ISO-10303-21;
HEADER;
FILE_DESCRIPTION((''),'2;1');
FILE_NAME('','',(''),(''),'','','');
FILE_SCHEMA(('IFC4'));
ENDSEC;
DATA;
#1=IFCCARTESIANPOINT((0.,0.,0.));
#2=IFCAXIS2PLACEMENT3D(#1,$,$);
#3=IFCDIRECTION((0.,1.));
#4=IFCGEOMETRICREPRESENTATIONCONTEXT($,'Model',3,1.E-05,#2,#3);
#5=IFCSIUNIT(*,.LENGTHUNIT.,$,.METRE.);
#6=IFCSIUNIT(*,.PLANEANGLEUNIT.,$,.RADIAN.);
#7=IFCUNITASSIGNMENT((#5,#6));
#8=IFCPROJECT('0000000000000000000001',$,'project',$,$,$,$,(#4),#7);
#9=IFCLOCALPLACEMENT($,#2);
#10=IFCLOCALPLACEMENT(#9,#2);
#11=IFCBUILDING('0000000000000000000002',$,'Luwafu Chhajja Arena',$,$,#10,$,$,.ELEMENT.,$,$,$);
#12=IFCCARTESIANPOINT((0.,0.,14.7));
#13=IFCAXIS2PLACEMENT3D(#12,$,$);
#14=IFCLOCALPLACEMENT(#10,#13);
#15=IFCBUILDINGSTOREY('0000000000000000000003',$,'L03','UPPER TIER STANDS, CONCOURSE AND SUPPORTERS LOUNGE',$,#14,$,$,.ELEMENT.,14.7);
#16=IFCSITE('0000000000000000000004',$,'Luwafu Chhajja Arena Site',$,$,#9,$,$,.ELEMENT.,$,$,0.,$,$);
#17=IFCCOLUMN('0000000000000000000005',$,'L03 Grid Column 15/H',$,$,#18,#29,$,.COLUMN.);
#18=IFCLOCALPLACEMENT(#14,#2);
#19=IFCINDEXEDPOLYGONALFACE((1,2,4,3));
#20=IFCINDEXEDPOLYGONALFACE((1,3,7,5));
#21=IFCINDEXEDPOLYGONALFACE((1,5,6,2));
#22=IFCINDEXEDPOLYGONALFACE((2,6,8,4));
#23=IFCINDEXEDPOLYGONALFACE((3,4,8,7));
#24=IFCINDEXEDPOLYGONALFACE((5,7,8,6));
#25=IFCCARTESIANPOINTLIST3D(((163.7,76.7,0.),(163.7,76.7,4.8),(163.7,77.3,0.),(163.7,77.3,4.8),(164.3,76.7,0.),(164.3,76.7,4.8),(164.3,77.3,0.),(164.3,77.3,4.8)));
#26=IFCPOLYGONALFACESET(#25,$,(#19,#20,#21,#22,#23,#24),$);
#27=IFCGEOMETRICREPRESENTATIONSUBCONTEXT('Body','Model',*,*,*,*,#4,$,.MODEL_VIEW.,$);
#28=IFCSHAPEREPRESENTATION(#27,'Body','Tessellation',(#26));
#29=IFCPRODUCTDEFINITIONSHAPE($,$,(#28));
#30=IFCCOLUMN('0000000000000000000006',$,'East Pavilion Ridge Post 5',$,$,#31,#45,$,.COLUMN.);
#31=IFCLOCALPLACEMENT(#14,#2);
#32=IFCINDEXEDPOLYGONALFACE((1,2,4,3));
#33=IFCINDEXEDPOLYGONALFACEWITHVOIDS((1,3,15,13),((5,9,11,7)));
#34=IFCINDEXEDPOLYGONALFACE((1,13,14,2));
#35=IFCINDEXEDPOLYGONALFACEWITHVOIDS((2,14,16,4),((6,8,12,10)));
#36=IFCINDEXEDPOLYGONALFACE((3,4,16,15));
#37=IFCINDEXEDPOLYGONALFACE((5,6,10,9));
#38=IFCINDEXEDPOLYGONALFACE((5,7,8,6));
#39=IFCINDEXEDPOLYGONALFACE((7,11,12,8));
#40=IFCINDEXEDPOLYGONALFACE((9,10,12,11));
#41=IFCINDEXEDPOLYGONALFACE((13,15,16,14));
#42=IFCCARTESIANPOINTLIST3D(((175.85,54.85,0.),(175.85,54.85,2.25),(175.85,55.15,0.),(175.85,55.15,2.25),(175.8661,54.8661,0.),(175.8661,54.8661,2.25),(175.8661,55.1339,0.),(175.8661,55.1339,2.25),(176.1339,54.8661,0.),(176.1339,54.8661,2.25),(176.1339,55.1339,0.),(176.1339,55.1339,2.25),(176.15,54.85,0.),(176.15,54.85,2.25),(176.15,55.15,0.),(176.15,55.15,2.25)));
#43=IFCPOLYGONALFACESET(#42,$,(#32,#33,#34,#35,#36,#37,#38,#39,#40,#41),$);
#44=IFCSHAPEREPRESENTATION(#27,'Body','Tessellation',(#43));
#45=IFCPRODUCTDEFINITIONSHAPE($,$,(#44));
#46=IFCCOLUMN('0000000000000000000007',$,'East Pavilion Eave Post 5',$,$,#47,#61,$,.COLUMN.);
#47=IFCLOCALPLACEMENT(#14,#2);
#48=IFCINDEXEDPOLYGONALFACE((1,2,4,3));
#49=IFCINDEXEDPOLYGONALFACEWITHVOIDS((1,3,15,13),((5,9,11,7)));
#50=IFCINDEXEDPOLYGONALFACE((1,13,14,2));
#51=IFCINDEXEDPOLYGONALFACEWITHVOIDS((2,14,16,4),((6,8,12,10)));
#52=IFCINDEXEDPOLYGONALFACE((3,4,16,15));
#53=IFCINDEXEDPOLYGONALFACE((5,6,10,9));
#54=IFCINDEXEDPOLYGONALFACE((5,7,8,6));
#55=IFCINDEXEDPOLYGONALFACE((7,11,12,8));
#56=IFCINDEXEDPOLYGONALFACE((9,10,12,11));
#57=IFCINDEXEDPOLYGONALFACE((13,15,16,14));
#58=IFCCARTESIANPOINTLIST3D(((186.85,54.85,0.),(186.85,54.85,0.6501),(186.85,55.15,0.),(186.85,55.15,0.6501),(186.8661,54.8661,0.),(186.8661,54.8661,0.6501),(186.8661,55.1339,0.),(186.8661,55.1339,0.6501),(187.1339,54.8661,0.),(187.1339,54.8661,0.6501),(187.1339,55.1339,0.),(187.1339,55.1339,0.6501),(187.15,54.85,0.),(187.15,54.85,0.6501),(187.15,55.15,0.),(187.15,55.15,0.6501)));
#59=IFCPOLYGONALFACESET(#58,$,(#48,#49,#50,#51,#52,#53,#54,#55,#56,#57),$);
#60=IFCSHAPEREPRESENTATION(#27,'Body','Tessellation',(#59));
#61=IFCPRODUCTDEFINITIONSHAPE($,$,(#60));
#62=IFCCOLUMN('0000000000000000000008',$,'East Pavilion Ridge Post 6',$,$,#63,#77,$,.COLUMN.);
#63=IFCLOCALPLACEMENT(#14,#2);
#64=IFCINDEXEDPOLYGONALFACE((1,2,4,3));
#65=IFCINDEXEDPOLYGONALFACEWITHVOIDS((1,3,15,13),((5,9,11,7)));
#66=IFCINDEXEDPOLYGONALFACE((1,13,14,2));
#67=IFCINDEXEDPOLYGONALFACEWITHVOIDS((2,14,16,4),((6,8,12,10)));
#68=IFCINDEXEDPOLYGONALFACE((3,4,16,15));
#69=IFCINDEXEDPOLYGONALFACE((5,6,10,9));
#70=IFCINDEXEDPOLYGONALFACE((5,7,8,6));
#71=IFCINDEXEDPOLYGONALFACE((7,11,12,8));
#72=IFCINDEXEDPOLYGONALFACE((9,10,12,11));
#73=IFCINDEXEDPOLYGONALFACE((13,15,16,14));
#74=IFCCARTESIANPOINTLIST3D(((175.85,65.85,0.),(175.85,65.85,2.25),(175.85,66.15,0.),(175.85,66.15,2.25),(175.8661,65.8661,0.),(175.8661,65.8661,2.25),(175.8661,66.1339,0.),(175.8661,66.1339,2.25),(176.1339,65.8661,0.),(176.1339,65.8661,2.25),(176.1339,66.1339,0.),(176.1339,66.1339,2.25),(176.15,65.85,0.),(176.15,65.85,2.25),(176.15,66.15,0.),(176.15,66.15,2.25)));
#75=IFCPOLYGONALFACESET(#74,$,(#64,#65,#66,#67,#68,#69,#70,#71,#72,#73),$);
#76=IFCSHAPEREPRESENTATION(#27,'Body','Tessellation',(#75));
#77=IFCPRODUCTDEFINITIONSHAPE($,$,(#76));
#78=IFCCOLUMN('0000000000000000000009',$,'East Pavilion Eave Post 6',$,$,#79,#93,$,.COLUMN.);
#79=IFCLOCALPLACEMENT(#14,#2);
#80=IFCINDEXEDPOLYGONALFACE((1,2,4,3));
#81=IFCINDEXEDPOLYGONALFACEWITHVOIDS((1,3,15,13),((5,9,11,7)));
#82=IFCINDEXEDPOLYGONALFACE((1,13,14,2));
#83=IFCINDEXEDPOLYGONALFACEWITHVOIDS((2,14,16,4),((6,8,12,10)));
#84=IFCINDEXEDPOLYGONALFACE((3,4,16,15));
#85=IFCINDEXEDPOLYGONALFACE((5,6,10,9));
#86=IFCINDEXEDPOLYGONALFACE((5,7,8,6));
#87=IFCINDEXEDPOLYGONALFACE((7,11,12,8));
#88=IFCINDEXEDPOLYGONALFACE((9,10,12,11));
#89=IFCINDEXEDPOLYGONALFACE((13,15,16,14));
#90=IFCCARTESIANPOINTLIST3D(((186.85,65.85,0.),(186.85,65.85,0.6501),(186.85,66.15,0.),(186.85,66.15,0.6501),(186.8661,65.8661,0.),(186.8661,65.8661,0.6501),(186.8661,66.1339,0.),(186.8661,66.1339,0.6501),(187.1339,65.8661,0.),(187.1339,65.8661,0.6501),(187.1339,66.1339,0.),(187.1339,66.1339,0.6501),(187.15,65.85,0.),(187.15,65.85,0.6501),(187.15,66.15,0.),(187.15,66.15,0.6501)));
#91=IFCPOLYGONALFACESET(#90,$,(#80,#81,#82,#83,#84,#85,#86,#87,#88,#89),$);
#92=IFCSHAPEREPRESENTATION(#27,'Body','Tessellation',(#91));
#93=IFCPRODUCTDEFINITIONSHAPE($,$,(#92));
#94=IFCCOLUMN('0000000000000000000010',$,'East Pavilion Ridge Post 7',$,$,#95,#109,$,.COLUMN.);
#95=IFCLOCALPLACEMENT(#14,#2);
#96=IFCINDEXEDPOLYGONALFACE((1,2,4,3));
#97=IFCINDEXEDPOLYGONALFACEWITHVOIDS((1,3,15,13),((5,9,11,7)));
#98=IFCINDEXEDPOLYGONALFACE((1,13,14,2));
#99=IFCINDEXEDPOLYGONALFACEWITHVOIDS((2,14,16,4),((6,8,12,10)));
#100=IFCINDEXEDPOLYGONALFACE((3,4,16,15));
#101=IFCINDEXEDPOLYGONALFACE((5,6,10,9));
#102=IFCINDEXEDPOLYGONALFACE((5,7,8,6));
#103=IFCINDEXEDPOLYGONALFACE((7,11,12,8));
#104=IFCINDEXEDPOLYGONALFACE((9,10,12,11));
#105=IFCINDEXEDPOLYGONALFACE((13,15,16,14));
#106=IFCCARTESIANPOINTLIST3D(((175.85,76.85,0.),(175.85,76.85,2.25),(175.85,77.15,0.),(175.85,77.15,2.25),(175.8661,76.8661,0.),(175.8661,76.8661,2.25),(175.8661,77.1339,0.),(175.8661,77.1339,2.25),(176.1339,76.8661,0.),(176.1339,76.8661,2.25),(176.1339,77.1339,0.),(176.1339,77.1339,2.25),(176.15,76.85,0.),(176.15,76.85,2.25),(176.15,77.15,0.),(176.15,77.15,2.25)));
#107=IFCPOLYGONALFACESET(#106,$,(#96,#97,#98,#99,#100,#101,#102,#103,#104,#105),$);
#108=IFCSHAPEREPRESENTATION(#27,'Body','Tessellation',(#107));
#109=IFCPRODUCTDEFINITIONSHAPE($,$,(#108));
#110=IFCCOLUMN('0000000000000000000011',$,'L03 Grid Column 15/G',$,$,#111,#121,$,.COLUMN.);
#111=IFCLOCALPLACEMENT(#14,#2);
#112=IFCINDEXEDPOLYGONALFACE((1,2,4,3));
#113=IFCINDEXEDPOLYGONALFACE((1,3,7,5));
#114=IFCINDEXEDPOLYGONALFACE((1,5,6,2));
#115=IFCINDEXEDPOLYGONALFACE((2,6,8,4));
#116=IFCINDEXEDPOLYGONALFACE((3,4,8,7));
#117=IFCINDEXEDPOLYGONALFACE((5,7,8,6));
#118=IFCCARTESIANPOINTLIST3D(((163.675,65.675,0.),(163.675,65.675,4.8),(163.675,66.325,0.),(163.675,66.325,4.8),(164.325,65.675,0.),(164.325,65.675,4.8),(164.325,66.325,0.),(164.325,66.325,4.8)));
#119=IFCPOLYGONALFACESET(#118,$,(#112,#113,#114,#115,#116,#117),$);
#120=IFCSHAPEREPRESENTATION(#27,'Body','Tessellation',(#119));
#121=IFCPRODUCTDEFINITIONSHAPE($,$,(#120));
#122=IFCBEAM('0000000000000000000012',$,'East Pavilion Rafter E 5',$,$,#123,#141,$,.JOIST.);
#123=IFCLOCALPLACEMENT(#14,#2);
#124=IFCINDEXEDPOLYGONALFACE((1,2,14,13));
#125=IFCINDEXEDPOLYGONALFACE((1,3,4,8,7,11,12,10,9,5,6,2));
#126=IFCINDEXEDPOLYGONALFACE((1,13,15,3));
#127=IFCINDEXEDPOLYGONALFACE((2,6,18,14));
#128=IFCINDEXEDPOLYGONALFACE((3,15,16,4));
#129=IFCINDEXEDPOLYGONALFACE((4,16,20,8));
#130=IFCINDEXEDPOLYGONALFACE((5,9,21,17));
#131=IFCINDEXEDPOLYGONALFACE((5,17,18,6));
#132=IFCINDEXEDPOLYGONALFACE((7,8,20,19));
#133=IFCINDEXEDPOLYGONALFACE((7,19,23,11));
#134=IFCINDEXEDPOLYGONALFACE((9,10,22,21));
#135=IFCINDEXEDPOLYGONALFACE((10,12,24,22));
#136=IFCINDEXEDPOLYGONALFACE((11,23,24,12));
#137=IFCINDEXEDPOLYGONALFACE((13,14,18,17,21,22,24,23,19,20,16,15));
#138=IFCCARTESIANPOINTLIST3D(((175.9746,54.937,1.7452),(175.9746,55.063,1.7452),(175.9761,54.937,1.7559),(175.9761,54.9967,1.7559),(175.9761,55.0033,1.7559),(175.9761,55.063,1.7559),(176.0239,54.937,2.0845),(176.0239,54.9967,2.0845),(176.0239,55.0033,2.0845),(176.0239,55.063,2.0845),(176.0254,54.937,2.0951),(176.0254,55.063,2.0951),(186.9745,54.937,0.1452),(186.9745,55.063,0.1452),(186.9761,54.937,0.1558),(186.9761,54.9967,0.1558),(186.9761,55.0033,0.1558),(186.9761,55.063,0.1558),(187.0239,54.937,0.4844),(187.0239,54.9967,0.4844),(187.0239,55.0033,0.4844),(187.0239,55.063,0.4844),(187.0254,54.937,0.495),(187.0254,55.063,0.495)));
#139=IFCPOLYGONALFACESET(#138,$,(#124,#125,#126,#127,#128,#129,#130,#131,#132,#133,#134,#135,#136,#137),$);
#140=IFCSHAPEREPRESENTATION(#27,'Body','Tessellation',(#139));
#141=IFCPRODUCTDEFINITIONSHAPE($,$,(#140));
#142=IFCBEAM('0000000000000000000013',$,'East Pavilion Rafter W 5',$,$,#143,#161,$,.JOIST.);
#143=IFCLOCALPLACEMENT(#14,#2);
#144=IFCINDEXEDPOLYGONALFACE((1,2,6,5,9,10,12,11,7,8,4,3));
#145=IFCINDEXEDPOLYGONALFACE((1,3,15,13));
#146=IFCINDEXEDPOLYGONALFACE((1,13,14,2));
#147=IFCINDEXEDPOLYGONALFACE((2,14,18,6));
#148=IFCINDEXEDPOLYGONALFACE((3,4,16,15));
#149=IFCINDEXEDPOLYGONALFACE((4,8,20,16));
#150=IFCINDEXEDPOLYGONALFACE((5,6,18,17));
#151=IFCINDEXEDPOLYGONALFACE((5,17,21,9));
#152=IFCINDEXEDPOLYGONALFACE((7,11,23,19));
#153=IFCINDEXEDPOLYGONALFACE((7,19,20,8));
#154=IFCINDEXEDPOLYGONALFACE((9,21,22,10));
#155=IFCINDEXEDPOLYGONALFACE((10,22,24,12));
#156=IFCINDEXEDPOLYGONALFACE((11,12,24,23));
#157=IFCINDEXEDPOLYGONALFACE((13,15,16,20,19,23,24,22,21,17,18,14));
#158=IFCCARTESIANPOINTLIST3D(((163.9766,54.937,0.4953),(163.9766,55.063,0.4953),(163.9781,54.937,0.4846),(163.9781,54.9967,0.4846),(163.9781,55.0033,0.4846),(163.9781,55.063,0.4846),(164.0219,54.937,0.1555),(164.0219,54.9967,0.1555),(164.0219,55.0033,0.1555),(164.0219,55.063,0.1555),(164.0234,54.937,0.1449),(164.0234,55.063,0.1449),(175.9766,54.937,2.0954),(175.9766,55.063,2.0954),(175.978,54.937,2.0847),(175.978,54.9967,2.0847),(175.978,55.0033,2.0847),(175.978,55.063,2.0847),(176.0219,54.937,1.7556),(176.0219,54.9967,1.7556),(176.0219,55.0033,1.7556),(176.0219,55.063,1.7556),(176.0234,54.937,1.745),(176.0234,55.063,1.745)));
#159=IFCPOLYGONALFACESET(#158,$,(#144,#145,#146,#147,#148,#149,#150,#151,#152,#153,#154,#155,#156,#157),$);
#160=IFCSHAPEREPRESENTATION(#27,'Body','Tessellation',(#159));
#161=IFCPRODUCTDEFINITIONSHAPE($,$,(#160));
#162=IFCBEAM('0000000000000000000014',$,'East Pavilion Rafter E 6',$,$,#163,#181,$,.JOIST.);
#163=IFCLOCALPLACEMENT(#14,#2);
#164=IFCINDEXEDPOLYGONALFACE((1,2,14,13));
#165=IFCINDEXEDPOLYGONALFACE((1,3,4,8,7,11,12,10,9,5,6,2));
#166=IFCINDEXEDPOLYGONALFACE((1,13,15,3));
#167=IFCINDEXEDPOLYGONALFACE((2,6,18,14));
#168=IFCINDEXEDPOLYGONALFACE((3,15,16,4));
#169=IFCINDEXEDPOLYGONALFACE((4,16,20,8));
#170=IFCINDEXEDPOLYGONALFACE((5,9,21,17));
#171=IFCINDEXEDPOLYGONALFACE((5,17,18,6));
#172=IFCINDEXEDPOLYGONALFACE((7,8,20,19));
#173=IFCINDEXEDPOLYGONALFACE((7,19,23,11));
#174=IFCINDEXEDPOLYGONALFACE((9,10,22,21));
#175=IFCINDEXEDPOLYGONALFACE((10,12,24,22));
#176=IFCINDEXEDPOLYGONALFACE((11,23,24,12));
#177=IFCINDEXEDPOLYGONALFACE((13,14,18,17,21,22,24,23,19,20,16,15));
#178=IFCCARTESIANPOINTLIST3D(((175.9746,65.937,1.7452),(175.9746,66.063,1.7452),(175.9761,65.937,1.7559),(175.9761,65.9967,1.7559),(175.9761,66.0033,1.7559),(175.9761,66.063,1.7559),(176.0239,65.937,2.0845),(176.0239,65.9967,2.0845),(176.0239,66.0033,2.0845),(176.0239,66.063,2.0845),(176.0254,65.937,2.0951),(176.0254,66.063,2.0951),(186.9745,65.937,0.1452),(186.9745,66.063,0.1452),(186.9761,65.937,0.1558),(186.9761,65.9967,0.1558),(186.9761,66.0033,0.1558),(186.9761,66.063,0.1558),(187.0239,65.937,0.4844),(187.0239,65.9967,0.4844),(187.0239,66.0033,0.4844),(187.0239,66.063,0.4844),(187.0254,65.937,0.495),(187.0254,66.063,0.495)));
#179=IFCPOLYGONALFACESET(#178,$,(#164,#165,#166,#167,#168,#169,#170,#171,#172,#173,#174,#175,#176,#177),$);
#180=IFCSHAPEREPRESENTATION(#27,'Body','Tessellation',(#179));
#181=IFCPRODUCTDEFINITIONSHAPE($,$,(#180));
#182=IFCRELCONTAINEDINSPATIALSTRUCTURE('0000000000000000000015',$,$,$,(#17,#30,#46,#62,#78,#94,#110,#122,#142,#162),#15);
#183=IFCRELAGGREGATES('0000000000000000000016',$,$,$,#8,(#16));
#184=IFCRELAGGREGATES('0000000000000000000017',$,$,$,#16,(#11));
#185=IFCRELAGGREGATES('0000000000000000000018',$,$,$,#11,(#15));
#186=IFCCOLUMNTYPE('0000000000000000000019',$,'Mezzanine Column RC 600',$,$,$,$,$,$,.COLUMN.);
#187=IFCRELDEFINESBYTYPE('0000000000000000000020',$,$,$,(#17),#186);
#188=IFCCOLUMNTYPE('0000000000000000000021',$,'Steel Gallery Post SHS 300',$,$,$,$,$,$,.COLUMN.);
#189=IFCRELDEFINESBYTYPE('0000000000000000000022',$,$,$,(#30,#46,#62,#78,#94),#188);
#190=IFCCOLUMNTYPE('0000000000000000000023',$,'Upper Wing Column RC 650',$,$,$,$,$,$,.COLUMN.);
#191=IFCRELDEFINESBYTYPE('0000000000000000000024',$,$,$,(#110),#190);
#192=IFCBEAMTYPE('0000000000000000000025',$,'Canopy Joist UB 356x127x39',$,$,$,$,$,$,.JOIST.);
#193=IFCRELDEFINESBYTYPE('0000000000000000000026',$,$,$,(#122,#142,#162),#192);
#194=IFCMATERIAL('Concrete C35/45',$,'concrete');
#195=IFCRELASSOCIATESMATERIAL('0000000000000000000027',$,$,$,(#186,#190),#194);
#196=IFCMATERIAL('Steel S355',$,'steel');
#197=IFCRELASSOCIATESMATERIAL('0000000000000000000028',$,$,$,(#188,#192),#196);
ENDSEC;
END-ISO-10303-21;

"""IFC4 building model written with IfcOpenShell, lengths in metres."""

from ifc_helpers import new_model, si_unit, direction, frame, origin, origin_2d, place, context, subcontext, project, spatial, rectangle, hollow_rectangle, i_section, extrude, material, material_profile, profile_set, type_object, element, save


model = new_model("IFC4")

# Units and contexts
model_context = context("Model", 3, precision=1e-05, world=origin(), true_north=direction((0.0, 1.0)))
body_context = subcontext(model_context, "Body", "Model", "MODEL_VIEW")
ifc_project = project(units=[si_unit("LENGTHUNIT", "METRE"), si_unit("PLANEANGLEUNIT", "RADIAN")], contexts=[model_context])

# Site, building, storey
site_placement = place(None, origin())
site = spatial("IfcSite", under=ifc_project, at=site_placement, Name="Luwafu Chhajja Arena Site", CompositionType="ELEMENT", RefElevation=0.0)
building_placement = place(site_placement, origin())
building = spatial("IfcBuilding", under=site, at=building_placement, Name="Luwafu Chhajja Arena", CompositionType="ELEMENT")
storey_placement = place(building_placement, frame((0.0, 0.0, 14.7)))
storey = spatial("IfcBuildingStorey", under=building, at=storey_placement, Name="L03", Description="UPPER TIER STANDS, CONCOURSE AND SUPPORTERS LOUNGE", CompositionType="ELEMENT", Elevation=14.7)

# Columns
ifc_material_1 = material(Name="Concrete C35/45", Category="concrete")
ifc_material_profile_1 = material_profile(ifc_material_1, rectangle(XDim=0.6001, YDim=0.6001, at=origin_2d()), Name="RC 600x600")
ifc_profile_set_1 = profile_set([ifc_material_profile_1], Name="Concrete C35/45")
column_type_1 = type_object("IfcColumnType", Name="Mezzanine Column RC 600", PredefinedType="COLUMN", material=ifc_profile_set_1)
column_1_placement = place(storey_placement, frame((164.0, 77.0, 0.0), z_axis=(0.0, 0.0, 1.0), x_axis=(1.0, 0.0, 0.0)))
element("IfcColumn", 1, at=column_1_placement, inside=storey, type_object=column_type_1, Name="L03 Grid Column 15/H", PredefinedType="COLUMN", context=body_context, shape_type="SweptSolid", body=[
    extrude(rectangle(XDim=0.6001, YDim=0.6001, at=origin_2d()), origin(), (0.0, 0.0, 1.0), 4.8),
])
ifc_material_2 = material(Name="Steel S355", Category="steel")
ifc_material_profile_2 = material_profile(ifc_material_2, hollow_rectangle(XDim=0.3, YDim=0.3, WallThickness=0.0161, at=origin_2d()), Name="SHS 300x300x16")
ifc_profile_set_2 = profile_set([ifc_material_profile_2], Name="Steel S355")
column_type_2 = type_object("IfcColumnType", Name="Steel Gallery Post SHS 300", PredefinedType="COLUMN", material=ifc_profile_set_2)
column_2_placement = place(storey_placement, frame((176.0, 55.0, 0.0), z_axis=(0.0, 0.0, 1.0), x_axis=(1.0, 0.0, 0.0)))
element("IfcColumn", 2, at=column_2_placement, inside=storey, type_object=column_type_2, Name="East Pavilion Ridge Post 5", PredefinedType="COLUMN", context=body_context, shape_type="SweptSolid", body=[
    extrude(hollow_rectangle(XDim=0.3, YDim=0.3, WallThickness=0.0161, at=origin_2d()), origin(), (0.0, 0.0, 1.0), 2.25),
])
column_3_placement = place(storey_placement, frame((187.0, 55.0, 0.0), z_axis=(0.0, 0.0, 1.0), x_axis=(1.0, 0.0, 0.0)))
element("IfcColumn", 3, at=column_3_placement, inside=storey, type_object=column_type_2, Name="East Pavilion Eave Post 5", PredefinedType="COLUMN", context=body_context, shape_type="SweptSolid", body=[
    extrude(hollow_rectangle(XDim=0.3, YDim=0.3, WallThickness=0.0161, at=origin_2d()), origin(), (0.0, 0.0, 1.0), 0.6501),
])
column_4_placement = place(storey_placement, frame((176.0, 66.0, 0.0), z_axis=(0.0, 0.0, 1.0), x_axis=(1.0, 0.0, 0.0)))
element("IfcColumn", 4, at=column_4_placement, inside=storey, type_object=column_type_2, Name="East Pavilion Ridge Post 6", PredefinedType="COLUMN", context=body_context, shape_type="SweptSolid", body=[
    extrude(hollow_rectangle(XDim=0.3, YDim=0.3, WallThickness=0.0161, at=origin_2d()), origin(), (0.0, 0.0, 1.0), 2.25),
])
column_5_placement = place(storey_placement, frame((187.0, 66.0, 0.0), z_axis=(0.0, 0.0, 1.0), x_axis=(1.0, 0.0, 0.0)))
element("IfcColumn", 5, at=column_5_placement, inside=storey, type_object=column_type_2, Name="East Pavilion Eave Post 6", PredefinedType="COLUMN", context=body_context, shape_type="SweptSolid", body=[
    extrude(hollow_rectangle(XDim=0.3, YDim=0.3, WallThickness=0.0161, at=origin_2d()), origin(), (0.0, 0.0, 1.0), 0.6501),
])
column_6_placement = place(storey_placement, frame((176.0, 77.0, 0.0), z_axis=(0.0, 0.0, 1.0), x_axis=(1.0, 0.0, 0.0)))
element("IfcColumn", 6, at=column_6_placement, inside=storey, type_object=column_type_2, Name="East Pavilion Ridge Post 7", PredefinedType="COLUMN", context=body_context, shape_type="SweptSolid", body=[
    extrude(hollow_rectangle(XDim=0.3, YDim=0.3, WallThickness=0.0161, at=origin_2d()), origin(), (0.0, 0.0, 1.0), 2.25),
])
ifc_material_profile_3 = material_profile(ifc_material_1, rectangle(XDim=0.6499, YDim=0.6499, at=origin_2d()), Name="RC 650x650")
ifc_profile_set_3 = profile_set([ifc_material_profile_3], Name="Concrete C35/45")
column_type_3 = type_object("IfcColumnType", Name="Upper Wing Column RC 650", PredefinedType="COLUMN", material=ifc_profile_set_3)
column_7_placement = place(storey_placement, frame((164.0, 66.0, 0.0), z_axis=(0.0, 0.0, 1.0), x_axis=(1.0, 0.0, 0.0)))
element("IfcColumn", 7, at=column_7_placement, inside=storey, type_object=column_type_3, Name="L03 Grid Column 15/G", PredefinedType="COLUMN", context=body_context, shape_type="SweptSolid", body=[
    extrude(rectangle(XDim=0.6499, YDim=0.6499, at=origin_2d()), origin(), (0.0, 0.0, 1.0), 4.8),
])

# Beams
ifc_material_profile_4 = material_profile(ifc_material_2, i_section(OverallWidth=0.126, OverallDepth=0.3535, WebThickness=0.0066, FlangeThickness=0.0107, at=origin_2d()), Name="UB 356x127x39")
ifc_profile_set_4 = profile_set([ifc_material_profile_4], Name="Steel S355")
beam_type_1 = type_object("IfcBeamType", Name="Canopy Joist UB 356x127x39", PredefinedType="JOIST", material=ifc_profile_set_4)
beam_1_placement = place(storey_placement, frame((176.0, 55.0, 1.9202), z_axis=(0.989585, 0.0, -0.143948), x_axis=(0.0, 1.0, 0.0)))
element("IfcBeam", 8, at=beam_1_placement, inside=storey, type_object=beam_type_1, Name="East Pavilion Rafter E 5", PredefinedType="JOIST", context=body_context, shape_type="SweptSolid", body=[
    extrude(i_section(OverallWidth=0.126, OverallDepth=0.3535, WebThickness=0.0066, FlangeThickness=0.0107, at=origin_2d()), origin(), (0.0, 0.0, 1.0), 11.1157),
])
beam_2_placement = place(storey_placement, frame((164.0, 55.0, 0.3201), z_axis=(0.991227, 0.0, 0.132172), x_axis=(0.0, 1.0, 0.0)))
element("IfcBeam", 9, at=beam_2_placement, inside=storey, type_object=beam_type_1, Name="East Pavilion Rafter W 5", PredefinedType="JOIST", context=body_context, shape_type="SweptSolid", body=[
    extrude(i_section(OverallWidth=0.126, OverallDepth=0.3535, WebThickness=0.0066, FlangeThickness=0.0107, at=origin_2d()), origin(), (0.0, 0.0, 1.0), 12.1062),
])
beam_3_placement = place(storey_placement, frame((176.0, 66.0, 1.9202), z_axis=(0.989585, 0.0, -0.143948), x_axis=(0.0, 1.0, 0.0)))
element("IfcBeam", 10, at=beam_3_placement, inside=storey, type_object=beam_type_1, Name="East Pavilion Rafter E 6", PredefinedType="JOIST", context=body_context, shape_type="SweptSolid", body=[
    extrude(i_section(OverallWidth=0.126, OverallDepth=0.3535, WebThickness=0.0066, FlangeThickness=0.0107, at=origin_2d()), origin(), (0.0, 0.0, 1.0), 11.1157),
])

save(model, "model.ifc")
